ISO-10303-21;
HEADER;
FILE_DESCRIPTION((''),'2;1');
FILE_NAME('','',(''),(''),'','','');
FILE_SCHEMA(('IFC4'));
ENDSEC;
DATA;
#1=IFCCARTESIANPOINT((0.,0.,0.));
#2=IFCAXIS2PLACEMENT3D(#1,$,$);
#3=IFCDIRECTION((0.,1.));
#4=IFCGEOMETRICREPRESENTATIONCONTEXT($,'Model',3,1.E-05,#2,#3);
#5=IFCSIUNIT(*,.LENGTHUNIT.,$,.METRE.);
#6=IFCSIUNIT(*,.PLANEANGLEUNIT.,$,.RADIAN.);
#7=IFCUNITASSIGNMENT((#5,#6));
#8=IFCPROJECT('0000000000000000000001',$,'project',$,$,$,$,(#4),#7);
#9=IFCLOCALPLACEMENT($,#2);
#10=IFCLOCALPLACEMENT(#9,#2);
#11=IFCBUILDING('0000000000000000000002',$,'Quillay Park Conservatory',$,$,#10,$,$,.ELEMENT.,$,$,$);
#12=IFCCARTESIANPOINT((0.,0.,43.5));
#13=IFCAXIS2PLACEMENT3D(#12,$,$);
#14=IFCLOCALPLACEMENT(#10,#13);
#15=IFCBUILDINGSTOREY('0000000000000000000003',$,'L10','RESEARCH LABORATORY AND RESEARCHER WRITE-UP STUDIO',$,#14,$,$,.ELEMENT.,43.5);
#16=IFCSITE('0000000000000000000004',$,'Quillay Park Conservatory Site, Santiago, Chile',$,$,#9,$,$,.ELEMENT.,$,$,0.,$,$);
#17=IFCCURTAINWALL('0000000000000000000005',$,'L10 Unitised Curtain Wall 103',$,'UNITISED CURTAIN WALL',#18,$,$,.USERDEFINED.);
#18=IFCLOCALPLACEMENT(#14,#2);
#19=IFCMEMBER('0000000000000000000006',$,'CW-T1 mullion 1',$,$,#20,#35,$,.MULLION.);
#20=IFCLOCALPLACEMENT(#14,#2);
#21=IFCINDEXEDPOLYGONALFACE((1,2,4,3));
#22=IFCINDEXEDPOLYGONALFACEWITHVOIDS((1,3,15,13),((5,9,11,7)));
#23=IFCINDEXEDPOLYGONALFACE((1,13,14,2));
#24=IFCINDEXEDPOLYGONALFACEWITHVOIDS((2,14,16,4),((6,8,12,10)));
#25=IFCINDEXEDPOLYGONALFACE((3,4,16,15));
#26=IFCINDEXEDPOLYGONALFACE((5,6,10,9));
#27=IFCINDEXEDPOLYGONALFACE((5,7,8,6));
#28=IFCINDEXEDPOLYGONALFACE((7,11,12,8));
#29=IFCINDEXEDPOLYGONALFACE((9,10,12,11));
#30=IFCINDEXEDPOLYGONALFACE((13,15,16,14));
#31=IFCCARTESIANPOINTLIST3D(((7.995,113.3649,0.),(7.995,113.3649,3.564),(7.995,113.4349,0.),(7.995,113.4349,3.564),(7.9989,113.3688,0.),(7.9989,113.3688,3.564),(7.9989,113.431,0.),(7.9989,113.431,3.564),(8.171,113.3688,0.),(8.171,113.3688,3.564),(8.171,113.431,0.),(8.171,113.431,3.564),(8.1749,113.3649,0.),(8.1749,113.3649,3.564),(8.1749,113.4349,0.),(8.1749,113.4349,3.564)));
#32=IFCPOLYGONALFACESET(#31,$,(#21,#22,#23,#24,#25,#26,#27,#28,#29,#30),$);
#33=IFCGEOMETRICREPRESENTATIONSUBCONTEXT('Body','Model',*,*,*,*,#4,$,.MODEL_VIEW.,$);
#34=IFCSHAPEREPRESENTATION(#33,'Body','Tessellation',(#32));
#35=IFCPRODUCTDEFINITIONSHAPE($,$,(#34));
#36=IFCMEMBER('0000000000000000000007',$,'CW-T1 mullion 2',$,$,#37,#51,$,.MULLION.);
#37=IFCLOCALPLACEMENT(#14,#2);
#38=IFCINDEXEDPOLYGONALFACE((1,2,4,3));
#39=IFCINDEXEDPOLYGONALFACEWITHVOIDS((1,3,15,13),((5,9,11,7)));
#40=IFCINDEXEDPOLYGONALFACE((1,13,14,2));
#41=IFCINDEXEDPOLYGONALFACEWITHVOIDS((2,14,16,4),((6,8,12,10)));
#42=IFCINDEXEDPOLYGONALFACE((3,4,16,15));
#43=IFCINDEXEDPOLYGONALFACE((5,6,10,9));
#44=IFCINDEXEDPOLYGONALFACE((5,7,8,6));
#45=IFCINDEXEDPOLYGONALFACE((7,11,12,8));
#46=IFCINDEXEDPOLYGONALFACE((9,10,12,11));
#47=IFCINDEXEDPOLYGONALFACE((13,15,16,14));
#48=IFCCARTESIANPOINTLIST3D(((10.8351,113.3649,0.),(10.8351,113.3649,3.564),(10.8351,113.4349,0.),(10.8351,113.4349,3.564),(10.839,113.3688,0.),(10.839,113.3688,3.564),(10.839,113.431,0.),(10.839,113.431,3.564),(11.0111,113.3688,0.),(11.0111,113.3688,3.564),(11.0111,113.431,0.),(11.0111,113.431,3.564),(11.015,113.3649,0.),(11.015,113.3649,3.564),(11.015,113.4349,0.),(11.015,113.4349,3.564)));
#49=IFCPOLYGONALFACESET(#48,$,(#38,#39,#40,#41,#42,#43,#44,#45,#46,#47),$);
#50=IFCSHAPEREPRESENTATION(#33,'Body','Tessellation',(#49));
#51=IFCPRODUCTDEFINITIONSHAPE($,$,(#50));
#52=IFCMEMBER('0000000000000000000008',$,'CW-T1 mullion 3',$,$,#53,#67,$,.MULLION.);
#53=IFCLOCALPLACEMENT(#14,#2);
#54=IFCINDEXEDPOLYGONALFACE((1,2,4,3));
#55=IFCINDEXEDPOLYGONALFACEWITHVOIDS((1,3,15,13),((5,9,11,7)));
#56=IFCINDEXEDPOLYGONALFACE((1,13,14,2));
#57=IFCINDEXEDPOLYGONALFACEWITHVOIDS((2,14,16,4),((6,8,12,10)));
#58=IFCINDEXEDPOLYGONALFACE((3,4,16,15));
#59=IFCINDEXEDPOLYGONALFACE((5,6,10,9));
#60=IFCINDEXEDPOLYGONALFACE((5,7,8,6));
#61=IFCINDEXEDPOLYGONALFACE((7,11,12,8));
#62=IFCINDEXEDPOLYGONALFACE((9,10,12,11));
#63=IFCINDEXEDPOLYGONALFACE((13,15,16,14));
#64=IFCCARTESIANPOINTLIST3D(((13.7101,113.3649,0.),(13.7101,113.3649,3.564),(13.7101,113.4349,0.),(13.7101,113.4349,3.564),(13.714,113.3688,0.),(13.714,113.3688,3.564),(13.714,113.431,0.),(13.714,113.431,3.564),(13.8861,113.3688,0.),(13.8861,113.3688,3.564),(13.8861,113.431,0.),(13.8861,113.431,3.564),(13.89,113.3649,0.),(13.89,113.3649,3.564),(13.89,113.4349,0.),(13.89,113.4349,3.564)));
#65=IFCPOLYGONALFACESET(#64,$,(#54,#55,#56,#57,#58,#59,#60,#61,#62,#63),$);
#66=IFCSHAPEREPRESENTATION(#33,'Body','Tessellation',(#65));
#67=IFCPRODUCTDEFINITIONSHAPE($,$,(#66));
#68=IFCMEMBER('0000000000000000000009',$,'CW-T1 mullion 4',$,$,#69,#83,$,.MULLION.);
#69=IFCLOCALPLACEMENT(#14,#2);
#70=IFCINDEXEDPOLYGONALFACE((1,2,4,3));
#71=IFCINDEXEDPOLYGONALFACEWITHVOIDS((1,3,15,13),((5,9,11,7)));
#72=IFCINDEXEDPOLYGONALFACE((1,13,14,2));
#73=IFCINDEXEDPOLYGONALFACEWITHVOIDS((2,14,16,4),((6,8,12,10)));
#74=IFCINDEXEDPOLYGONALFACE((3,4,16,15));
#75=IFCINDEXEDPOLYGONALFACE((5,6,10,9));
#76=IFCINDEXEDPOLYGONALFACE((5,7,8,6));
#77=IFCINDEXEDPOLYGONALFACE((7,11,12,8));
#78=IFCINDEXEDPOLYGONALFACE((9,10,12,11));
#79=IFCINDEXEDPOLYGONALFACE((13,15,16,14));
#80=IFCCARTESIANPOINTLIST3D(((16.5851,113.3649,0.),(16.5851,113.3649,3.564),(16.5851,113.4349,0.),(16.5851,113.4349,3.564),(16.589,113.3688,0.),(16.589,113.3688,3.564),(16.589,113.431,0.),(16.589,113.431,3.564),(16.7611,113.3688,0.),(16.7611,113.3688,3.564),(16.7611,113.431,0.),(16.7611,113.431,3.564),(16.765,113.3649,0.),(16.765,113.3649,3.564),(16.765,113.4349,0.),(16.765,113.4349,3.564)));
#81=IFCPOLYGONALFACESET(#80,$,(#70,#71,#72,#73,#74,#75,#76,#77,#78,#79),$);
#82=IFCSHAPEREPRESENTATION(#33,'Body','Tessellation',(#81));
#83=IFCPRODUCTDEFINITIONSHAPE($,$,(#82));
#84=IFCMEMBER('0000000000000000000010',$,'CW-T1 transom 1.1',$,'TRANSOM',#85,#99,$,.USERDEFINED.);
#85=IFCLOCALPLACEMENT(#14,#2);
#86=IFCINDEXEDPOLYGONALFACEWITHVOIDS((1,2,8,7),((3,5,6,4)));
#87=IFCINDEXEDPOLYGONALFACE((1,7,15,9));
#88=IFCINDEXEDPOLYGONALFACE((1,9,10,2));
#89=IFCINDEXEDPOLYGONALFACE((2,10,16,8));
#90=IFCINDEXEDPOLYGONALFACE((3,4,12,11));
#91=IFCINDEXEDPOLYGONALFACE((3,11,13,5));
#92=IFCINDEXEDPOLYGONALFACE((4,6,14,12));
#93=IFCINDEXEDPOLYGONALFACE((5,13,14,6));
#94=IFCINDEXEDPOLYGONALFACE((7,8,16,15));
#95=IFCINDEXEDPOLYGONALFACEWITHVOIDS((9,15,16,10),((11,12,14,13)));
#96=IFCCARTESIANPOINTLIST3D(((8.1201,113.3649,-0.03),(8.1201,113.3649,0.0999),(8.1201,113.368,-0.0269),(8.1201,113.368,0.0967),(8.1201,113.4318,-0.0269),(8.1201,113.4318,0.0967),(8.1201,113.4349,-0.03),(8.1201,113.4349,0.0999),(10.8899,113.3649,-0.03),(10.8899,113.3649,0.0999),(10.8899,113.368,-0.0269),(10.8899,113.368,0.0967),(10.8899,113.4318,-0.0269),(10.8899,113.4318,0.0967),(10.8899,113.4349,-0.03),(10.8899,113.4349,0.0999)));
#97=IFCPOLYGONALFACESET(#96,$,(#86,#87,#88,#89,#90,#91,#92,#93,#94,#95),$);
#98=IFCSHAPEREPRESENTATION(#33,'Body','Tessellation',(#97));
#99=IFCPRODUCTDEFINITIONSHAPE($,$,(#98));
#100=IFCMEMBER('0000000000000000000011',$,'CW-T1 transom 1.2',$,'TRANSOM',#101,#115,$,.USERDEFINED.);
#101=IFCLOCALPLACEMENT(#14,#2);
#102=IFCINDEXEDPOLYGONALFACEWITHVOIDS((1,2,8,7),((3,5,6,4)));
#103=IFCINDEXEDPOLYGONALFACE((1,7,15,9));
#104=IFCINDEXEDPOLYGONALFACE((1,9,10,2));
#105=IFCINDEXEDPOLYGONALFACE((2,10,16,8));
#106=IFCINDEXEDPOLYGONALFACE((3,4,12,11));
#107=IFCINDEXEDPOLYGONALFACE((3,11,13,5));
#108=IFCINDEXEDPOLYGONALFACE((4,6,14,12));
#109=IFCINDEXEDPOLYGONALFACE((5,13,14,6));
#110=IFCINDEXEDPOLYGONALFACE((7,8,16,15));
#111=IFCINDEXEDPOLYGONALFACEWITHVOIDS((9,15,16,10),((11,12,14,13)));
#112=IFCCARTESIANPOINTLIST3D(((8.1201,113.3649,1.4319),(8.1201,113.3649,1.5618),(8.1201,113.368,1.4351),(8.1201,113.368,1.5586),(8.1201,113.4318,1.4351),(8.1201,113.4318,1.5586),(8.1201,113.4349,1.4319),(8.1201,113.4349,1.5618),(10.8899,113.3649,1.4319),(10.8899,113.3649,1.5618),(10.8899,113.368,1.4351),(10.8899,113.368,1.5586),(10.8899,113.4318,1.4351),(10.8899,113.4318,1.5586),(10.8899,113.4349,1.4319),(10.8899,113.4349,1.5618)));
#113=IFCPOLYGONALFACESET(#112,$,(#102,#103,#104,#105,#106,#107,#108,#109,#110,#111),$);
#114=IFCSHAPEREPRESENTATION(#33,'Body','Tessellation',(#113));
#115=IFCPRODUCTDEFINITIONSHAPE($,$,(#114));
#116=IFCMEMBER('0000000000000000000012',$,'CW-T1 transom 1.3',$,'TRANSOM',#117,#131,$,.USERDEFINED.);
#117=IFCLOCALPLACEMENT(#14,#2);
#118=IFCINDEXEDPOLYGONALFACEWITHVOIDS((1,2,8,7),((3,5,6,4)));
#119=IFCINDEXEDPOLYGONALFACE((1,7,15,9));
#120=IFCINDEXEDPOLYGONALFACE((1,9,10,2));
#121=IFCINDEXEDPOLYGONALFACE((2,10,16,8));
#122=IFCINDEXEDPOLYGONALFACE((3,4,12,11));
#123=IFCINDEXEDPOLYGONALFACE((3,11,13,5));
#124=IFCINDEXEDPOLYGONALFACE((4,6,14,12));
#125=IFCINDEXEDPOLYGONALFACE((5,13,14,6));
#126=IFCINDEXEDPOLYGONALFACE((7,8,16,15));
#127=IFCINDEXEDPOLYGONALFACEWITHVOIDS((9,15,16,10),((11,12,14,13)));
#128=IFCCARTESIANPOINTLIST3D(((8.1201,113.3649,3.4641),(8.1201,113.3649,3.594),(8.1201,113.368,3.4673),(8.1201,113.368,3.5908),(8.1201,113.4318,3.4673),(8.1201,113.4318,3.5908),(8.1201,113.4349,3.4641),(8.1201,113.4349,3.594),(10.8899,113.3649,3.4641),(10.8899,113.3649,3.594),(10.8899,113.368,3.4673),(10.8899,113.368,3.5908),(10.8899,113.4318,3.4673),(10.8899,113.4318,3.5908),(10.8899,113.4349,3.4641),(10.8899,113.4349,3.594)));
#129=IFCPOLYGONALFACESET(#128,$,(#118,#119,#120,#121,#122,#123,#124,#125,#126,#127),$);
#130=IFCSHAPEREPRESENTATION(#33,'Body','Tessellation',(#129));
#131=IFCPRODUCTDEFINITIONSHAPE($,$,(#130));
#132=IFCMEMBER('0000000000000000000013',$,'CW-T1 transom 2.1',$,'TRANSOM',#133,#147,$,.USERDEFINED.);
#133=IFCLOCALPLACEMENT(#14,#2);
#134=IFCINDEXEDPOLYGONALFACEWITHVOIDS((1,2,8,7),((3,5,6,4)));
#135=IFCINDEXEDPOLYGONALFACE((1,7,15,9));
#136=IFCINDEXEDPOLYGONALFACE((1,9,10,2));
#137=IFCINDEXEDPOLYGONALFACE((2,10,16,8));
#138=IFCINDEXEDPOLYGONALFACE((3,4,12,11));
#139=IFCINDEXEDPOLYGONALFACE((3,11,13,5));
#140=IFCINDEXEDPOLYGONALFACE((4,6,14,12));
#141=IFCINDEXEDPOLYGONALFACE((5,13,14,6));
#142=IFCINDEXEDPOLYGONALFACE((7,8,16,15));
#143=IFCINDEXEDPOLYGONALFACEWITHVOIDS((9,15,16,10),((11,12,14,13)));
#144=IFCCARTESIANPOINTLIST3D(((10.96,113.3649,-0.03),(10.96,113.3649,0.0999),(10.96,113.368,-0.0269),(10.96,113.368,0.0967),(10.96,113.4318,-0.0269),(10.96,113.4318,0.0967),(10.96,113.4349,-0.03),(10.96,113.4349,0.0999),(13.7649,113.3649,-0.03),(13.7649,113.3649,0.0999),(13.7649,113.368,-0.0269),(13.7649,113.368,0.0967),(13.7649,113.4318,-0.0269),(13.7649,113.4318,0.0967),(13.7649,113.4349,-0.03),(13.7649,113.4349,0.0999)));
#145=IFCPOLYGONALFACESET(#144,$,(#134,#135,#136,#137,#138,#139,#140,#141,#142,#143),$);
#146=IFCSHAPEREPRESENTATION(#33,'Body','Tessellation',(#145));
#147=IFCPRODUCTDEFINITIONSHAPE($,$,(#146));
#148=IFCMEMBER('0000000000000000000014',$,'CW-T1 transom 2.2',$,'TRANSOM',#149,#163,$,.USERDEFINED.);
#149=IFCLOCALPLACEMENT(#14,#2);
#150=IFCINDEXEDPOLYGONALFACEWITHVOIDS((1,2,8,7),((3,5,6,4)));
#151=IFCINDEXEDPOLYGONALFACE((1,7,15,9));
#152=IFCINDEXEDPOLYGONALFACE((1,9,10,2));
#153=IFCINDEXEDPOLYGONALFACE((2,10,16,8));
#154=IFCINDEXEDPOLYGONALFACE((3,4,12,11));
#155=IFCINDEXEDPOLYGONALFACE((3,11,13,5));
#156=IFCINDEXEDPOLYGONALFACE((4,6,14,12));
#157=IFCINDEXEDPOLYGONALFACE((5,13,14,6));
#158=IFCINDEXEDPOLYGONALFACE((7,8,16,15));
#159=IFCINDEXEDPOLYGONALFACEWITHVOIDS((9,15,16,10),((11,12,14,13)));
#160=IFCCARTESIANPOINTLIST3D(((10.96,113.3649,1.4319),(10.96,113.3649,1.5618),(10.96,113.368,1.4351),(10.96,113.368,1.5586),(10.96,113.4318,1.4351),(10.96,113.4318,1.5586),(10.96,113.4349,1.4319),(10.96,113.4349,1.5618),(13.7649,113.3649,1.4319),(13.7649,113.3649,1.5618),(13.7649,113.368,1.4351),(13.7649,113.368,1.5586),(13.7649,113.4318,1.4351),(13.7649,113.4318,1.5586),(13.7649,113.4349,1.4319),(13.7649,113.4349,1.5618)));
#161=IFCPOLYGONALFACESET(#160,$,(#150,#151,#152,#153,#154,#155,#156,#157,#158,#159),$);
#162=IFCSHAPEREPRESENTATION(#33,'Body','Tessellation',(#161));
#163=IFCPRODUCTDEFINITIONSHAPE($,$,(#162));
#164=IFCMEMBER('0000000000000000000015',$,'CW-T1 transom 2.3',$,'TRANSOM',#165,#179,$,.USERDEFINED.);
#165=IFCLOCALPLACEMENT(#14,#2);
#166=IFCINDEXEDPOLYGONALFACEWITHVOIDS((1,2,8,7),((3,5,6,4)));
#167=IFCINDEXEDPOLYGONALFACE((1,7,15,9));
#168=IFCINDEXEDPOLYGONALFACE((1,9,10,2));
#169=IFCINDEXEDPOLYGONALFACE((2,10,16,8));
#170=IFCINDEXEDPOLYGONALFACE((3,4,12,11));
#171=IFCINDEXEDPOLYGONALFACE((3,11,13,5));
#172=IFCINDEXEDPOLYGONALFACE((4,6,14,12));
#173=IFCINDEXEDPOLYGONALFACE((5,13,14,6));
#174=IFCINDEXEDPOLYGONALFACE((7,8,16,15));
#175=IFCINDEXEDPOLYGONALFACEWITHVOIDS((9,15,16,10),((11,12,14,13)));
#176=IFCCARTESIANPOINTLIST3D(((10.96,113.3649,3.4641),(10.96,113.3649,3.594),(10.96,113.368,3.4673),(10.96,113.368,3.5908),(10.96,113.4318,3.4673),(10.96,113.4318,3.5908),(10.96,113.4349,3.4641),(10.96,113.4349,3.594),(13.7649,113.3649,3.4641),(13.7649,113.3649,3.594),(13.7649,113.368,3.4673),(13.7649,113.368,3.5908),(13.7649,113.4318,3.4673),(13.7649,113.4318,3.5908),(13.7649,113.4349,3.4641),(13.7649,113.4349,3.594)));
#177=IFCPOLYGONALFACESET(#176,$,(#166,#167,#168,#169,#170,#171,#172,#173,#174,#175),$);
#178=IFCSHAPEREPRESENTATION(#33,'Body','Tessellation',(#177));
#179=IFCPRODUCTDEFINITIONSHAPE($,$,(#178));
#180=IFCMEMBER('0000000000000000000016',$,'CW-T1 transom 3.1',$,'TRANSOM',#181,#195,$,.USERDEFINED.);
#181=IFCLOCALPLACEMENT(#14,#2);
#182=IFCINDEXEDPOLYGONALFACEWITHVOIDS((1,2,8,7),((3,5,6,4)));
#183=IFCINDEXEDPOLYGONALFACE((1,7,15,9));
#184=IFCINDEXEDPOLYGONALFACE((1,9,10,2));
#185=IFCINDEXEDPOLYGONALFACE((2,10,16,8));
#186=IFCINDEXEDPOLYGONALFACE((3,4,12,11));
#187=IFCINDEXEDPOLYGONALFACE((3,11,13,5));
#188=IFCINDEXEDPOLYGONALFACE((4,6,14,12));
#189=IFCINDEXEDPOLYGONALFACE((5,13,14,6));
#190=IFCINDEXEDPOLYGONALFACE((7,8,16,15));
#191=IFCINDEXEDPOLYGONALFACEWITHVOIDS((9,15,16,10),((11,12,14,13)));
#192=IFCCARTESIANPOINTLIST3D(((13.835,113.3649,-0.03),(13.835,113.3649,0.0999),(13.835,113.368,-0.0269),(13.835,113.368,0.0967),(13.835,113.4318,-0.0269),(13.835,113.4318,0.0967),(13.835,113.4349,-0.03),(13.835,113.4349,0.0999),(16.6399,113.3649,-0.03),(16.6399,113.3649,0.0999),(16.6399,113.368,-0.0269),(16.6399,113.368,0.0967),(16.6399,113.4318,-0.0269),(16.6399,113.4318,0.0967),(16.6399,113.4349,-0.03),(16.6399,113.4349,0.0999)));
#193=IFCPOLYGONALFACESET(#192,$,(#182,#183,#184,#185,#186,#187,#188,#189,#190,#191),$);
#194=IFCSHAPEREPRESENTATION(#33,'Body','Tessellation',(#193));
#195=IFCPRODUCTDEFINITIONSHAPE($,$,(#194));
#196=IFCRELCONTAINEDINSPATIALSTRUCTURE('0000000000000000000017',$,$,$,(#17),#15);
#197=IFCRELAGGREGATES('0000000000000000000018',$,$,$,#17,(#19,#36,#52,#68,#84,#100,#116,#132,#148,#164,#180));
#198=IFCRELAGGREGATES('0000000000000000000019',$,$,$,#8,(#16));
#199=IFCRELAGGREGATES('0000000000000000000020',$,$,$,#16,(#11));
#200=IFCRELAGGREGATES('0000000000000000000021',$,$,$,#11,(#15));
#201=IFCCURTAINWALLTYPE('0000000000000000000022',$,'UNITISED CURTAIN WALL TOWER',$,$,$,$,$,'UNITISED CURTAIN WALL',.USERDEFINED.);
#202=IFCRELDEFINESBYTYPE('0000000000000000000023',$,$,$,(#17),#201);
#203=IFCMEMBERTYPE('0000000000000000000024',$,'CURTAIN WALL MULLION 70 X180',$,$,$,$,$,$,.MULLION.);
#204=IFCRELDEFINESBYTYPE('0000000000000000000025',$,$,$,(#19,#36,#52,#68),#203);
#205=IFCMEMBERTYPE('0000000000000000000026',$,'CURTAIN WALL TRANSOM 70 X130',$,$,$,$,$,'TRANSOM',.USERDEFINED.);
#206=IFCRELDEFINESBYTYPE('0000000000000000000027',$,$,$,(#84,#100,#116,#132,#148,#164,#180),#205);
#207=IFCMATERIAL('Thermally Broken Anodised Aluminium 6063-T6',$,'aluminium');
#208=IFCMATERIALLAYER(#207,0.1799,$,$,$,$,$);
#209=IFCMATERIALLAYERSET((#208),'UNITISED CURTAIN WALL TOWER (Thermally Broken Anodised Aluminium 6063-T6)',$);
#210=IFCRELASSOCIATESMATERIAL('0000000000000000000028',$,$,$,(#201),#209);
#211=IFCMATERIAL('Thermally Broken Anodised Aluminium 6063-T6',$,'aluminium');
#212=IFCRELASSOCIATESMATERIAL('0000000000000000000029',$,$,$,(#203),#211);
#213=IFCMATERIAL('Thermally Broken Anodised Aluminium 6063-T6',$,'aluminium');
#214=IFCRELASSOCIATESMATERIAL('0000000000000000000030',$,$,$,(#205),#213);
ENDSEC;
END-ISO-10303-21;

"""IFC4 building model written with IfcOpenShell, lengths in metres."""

from ifc_helpers import new_model, si_unit, direction, frame, origin, origin_2d, place, context, subcontext, project, spatial, hollow_rectangle, extrude, material, layer, layer_set, material_profile, profile_set, type_object, element, aggregate, save


model = new_model("IFC4")

# Units and contexts
model_context = context("Model", 3, precision=1e-05, world=origin(), true_north=direction((0.0, 1.0)))
body_context = subcontext(model_context, "Body", "Model", "MODEL_VIEW")
ifc_project = project(units=[si_unit("LENGTHUNIT", "METRE"), si_unit("PLANEANGLEUNIT", "RADIAN")], contexts=[model_context])

# Site, building, storey
site_placement = place(None, origin())
site = spatial("IfcSite", under=ifc_project, at=site_placement, Name="Quillay Park Conservatory Site, Santiago, Chile", CompositionType="ELEMENT", RefElevation=0.0)
building_placement = place(site_placement, origin())
building = spatial("IfcBuilding", under=site, at=building_placement, Name="Quillay Park Conservatory", CompositionType="ELEMENT")
storey_placement = place(building_placement, frame((0.0, 0.0, 43.5)))
storey = spatial("IfcBuildingStorey", under=building, at=storey_placement, Name="L10", Description="RESEARCH LABORATORY AND RESEARCHER WRITE-UP STUDIO", CompositionType="ELEMENT", Elevation=43.5)

# Curtain wall, members
ifc_material_1 = material(Name="Thermally Broken Anodised Aluminium 6063-T6", Category="aluminium")
ifc_layer_1 = layer(ifc_material_1, 0.1799)
ifc_layer_set_1 = layer_set([ifc_layer_1], Name="UNITISED CURTAIN WALL TOWER (Thermally Broken Anodised Aluminium 6063-T6)")
curtain_wall_type = type_object("IfcCurtainWallType", Name="UNITISED CURTAIN WALL TOWER", ElementType="UNITISED CURTAIN WALL", PredefinedType="USERDEFINED", material=ifc_layer_set_1)
curtain_wall_placement = place(storey_placement, origin())
curtain_wall = element("IfcCurtainWall", 1, at=curtain_wall_placement, inside=storey, type_object=curtain_wall_type, Name="L10 Unitised Curtain Wall 103", ObjectType="UNITISED CURTAIN WALL", PredefinedType="USERDEFINED")
ifc_material_2 = material(Name="Thermally Broken Anodised Aluminium 6063-T6", Category="aluminium")
ifc_material_profile_1 = material_profile(ifc_material_2, hollow_rectangle(XDim=0.0701, YDim=0.1799, WallThickness=0.0039, at=origin_2d()), Name="AL70x180x4")
ifc_profile_set_1 = profile_set([ifc_material_profile_1], Name="Thermally Broken Anodised Aluminium 6063-T6")
member_type_1 = type_object("IfcMemberType", Name="CURTAIN WALL MULLION 70 X180", PredefinedType="MULLION", material=ifc_profile_set_1)
member_1_placement = place(storey_placement, frame((8.085, 113.3999, 0.0), z_axis=(0.0, 0.0, 1.0), x_axis=(0.0, 1.0, 0.0)))
member_1 = element("IfcMember", 2, at=member_1_placement, type_object=member_type_1, Name="CW-T1 mullion 1", PredefinedType="MULLION", context=body_context, shape_type="SweptSolid", body=[
    extrude(hollow_rectangle(XDim=0.0701, YDim=0.1799, WallThickness=0.0039, at=origin_2d()), origin(), (0.0, 0.0, 1.0), 3.564),
])
member_2_placement = place(storey_placement, frame((10.925, 113.3999, 0.0), z_axis=(0.0, 0.0, 1.0), x_axis=(0.0, 1.0, 0.0)))
member_2 = element("IfcMember", 3, at=member_2_placement, type_object=member_type_1, Name="CW-T1 mullion 2", PredefinedType="MULLION", context=body_context, shape_type="SweptSolid", body=[
    extrude(hollow_rectangle(XDim=0.0701, YDim=0.1799, WallThickness=0.0039, at=origin_2d()), origin(), (0.0, 0.0, 1.0), 3.564),
])
member_3_placement = place(storey_placement, frame((13.8, 113.3999, 0.0), z_axis=(0.0, 0.0, 1.0), x_axis=(0.0, 1.0, 0.0)))
member_3 = element("IfcMember", 4, at=member_3_placement, type_object=member_type_1, Name="CW-T1 mullion 3", PredefinedType="MULLION", context=body_context, shape_type="SweptSolid", body=[
    extrude(hollow_rectangle(XDim=0.0701, YDim=0.1799, WallThickness=0.0039, at=origin_2d()), origin(), (0.0, 0.0, 1.0), 3.564),
])
member_4_placement = place(storey_placement, frame((16.675, 113.3999, 0.0), z_axis=(0.0, 0.0, 1.0), x_axis=(0.0, 1.0, 0.0)))
member_4 = element("IfcMember", 5, at=member_4_placement, type_object=member_type_1, Name="CW-T1 mullion 4", PredefinedType="MULLION", context=body_context, shape_type="SweptSolid", body=[
    extrude(hollow_rectangle(XDim=0.0701, YDim=0.1799, WallThickness=0.0039, at=origin_2d()), origin(), (0.0, 0.0, 1.0), 3.564),
])
ifc_material_3 = material(Name="Thermally Broken Anodised Aluminium 6063-T6", Category="aluminium")
ifc_material_profile_2 = material_profile(ifc_material_3, hollow_rectangle(XDim=0.0701, YDim=0.1299, WallThickness=0.0032, at=origin_2d()), Name="AL70x130x3.2")
ifc_profile_set_2 = profile_set([ifc_material_profile_2], Name="Thermally Broken Anodised Aluminium 6063-T6")
member_type_2 = type_object("IfcMemberType", Name="CURTAIN WALL TRANSOM 70 X130", ElementType="TRANSOM", PredefinedType="USERDEFINED", material=ifc_profile_set_2)
member_5_placement = place(storey_placement, frame((8.1201, 113.3999, 0.0349), z_axis=(1.0, 0.0, 0.0), x_axis=(0.0, 1.0, 0.0)))
member_5 = element("IfcMember", 6, at=member_5_placement, type_object=member_type_2, Name="CW-T1 transom 1.1", ObjectType="TRANSOM", PredefinedType="USERDEFINED", context=body_context, shape_type="SweptSolid", body=[
    extrude(hollow_rectangle(XDim=0.0701, YDim=0.1299, WallThickness=0.0032, at=origin_2d()), origin(), (0.0, 0.0, 1.0), 2.7698),
])
member_6_placement = place(storey_placement, frame((8.1201, 113.3999, 1.4968), z_axis=(1.0, 0.0, 0.0), x_axis=(0.0, 1.0, 0.0)))
member_6 = element("IfcMember", 7, at=member_6_placement, type_object=member_type_2, Name="CW-T1 transom 1.2", ObjectType="TRANSOM", PredefinedType="USERDEFINED", context=body_context, shape_type="SweptSolid", body=[
    extrude(hollow_rectangle(XDim=0.0701, YDim=0.1299, WallThickness=0.0032, at=origin_2d()), origin(), (0.0, 0.0, 1.0), 2.7698),
])
member_7_placement = place(storey_placement, frame((8.1201, 113.3999, 3.5291), z_axis=(1.0, 0.0, 0.0), x_axis=(0.0, 1.0, 0.0)))
member_7 = element("IfcMember", 8, at=member_7_placement, type_object=member_type_2, Name="CW-T1 transom 1.3", ObjectType="TRANSOM", PredefinedType="USERDEFINED", context=body_context, shape_type="SweptSolid", body=[
    extrude(hollow_rectangle(XDim=0.0701, YDim=0.1299, WallThickness=0.0032, at=origin_2d()), origin(), (0.0, 0.0, 1.0), 2.7698),
])
member_8_placement = place(storey_placement, frame((10.96, 113.3999, 0.0349), z_axis=(1.0, 0.0, 0.0), x_axis=(0.0, 1.0, 0.0)))
member_8 = element("IfcMember", 9, at=member_8_placement, type_object=member_type_2, Name="CW-T1 transom 2.1", ObjectType="TRANSOM", PredefinedType="USERDEFINED", context=body_context, shape_type="SweptSolid", body=[
    extrude(hollow_rectangle(XDim=0.0701, YDim=0.1299, WallThickness=0.0032, at=origin_2d()), origin(), (0.0, 0.0, 1.0), 2.8049),
])
member_9_placement = place(storey_placement, frame((10.96, 113.3999, 1.4968), z_axis=(1.0, 0.0, 0.0), x_axis=(0.0, 1.0, 0.0)))
member_9 = element("IfcMember", 10, at=member_9_placement, type_object=member_type_2, Name="CW-T1 transom 2.2", ObjectType="TRANSOM", PredefinedType="USERDEFINED", context=body_context, shape_type="SweptSolid", body=[
    extrude(hollow_rectangle(XDim=0.0701, YDim=0.1299, WallThickness=0.0032, at=origin_2d()), origin(), (0.0, 0.0, 1.0), 2.8049),
])
member_10_placement = place(storey_placement, frame((10.96, 113.3999, 3.5291), z_axis=(1.0, 0.0, 0.0), x_axis=(0.0, 1.0, 0.0)))
member_10 = element("IfcMember", 11, at=member_10_placement, type_object=member_type_2, Name="CW-T1 transom 2.3", ObjectType="TRANSOM", PredefinedType="USERDEFINED", context=body_context, shape_type="SweptSolid", body=[
    extrude(hollow_rectangle(XDim=0.0701, YDim=0.1299, WallThickness=0.0032, at=origin_2d()), origin(), (0.0, 0.0, 1.0), 2.8049),
])
member_11_placement = place(storey_placement, frame((13.835, 113.3999, 0.0349), z_axis=(1.0, 0.0, 0.0), x_axis=(0.0, 1.0, 0.0)))
member_11 = element("IfcMember", 12, at=member_11_placement, type_object=member_type_2, Name="CW-T1 transom 3.1", ObjectType="TRANSOM", PredefinedType="USERDEFINED", context=body_context, shape_type="SweptSolid", body=[
    extrude(hollow_rectangle(XDim=0.0701, YDim=0.1299, WallThickness=0.0032, at=origin_2d()), origin(), (0.0, 0.0, 1.0), 2.8049),
])
aggregate(curtain_wall, [member_1, member_2, member_3, member_4, member_5, member_6, member_7, member_8, member_9, member_10, member_11])

save(model, "model.ifc")
